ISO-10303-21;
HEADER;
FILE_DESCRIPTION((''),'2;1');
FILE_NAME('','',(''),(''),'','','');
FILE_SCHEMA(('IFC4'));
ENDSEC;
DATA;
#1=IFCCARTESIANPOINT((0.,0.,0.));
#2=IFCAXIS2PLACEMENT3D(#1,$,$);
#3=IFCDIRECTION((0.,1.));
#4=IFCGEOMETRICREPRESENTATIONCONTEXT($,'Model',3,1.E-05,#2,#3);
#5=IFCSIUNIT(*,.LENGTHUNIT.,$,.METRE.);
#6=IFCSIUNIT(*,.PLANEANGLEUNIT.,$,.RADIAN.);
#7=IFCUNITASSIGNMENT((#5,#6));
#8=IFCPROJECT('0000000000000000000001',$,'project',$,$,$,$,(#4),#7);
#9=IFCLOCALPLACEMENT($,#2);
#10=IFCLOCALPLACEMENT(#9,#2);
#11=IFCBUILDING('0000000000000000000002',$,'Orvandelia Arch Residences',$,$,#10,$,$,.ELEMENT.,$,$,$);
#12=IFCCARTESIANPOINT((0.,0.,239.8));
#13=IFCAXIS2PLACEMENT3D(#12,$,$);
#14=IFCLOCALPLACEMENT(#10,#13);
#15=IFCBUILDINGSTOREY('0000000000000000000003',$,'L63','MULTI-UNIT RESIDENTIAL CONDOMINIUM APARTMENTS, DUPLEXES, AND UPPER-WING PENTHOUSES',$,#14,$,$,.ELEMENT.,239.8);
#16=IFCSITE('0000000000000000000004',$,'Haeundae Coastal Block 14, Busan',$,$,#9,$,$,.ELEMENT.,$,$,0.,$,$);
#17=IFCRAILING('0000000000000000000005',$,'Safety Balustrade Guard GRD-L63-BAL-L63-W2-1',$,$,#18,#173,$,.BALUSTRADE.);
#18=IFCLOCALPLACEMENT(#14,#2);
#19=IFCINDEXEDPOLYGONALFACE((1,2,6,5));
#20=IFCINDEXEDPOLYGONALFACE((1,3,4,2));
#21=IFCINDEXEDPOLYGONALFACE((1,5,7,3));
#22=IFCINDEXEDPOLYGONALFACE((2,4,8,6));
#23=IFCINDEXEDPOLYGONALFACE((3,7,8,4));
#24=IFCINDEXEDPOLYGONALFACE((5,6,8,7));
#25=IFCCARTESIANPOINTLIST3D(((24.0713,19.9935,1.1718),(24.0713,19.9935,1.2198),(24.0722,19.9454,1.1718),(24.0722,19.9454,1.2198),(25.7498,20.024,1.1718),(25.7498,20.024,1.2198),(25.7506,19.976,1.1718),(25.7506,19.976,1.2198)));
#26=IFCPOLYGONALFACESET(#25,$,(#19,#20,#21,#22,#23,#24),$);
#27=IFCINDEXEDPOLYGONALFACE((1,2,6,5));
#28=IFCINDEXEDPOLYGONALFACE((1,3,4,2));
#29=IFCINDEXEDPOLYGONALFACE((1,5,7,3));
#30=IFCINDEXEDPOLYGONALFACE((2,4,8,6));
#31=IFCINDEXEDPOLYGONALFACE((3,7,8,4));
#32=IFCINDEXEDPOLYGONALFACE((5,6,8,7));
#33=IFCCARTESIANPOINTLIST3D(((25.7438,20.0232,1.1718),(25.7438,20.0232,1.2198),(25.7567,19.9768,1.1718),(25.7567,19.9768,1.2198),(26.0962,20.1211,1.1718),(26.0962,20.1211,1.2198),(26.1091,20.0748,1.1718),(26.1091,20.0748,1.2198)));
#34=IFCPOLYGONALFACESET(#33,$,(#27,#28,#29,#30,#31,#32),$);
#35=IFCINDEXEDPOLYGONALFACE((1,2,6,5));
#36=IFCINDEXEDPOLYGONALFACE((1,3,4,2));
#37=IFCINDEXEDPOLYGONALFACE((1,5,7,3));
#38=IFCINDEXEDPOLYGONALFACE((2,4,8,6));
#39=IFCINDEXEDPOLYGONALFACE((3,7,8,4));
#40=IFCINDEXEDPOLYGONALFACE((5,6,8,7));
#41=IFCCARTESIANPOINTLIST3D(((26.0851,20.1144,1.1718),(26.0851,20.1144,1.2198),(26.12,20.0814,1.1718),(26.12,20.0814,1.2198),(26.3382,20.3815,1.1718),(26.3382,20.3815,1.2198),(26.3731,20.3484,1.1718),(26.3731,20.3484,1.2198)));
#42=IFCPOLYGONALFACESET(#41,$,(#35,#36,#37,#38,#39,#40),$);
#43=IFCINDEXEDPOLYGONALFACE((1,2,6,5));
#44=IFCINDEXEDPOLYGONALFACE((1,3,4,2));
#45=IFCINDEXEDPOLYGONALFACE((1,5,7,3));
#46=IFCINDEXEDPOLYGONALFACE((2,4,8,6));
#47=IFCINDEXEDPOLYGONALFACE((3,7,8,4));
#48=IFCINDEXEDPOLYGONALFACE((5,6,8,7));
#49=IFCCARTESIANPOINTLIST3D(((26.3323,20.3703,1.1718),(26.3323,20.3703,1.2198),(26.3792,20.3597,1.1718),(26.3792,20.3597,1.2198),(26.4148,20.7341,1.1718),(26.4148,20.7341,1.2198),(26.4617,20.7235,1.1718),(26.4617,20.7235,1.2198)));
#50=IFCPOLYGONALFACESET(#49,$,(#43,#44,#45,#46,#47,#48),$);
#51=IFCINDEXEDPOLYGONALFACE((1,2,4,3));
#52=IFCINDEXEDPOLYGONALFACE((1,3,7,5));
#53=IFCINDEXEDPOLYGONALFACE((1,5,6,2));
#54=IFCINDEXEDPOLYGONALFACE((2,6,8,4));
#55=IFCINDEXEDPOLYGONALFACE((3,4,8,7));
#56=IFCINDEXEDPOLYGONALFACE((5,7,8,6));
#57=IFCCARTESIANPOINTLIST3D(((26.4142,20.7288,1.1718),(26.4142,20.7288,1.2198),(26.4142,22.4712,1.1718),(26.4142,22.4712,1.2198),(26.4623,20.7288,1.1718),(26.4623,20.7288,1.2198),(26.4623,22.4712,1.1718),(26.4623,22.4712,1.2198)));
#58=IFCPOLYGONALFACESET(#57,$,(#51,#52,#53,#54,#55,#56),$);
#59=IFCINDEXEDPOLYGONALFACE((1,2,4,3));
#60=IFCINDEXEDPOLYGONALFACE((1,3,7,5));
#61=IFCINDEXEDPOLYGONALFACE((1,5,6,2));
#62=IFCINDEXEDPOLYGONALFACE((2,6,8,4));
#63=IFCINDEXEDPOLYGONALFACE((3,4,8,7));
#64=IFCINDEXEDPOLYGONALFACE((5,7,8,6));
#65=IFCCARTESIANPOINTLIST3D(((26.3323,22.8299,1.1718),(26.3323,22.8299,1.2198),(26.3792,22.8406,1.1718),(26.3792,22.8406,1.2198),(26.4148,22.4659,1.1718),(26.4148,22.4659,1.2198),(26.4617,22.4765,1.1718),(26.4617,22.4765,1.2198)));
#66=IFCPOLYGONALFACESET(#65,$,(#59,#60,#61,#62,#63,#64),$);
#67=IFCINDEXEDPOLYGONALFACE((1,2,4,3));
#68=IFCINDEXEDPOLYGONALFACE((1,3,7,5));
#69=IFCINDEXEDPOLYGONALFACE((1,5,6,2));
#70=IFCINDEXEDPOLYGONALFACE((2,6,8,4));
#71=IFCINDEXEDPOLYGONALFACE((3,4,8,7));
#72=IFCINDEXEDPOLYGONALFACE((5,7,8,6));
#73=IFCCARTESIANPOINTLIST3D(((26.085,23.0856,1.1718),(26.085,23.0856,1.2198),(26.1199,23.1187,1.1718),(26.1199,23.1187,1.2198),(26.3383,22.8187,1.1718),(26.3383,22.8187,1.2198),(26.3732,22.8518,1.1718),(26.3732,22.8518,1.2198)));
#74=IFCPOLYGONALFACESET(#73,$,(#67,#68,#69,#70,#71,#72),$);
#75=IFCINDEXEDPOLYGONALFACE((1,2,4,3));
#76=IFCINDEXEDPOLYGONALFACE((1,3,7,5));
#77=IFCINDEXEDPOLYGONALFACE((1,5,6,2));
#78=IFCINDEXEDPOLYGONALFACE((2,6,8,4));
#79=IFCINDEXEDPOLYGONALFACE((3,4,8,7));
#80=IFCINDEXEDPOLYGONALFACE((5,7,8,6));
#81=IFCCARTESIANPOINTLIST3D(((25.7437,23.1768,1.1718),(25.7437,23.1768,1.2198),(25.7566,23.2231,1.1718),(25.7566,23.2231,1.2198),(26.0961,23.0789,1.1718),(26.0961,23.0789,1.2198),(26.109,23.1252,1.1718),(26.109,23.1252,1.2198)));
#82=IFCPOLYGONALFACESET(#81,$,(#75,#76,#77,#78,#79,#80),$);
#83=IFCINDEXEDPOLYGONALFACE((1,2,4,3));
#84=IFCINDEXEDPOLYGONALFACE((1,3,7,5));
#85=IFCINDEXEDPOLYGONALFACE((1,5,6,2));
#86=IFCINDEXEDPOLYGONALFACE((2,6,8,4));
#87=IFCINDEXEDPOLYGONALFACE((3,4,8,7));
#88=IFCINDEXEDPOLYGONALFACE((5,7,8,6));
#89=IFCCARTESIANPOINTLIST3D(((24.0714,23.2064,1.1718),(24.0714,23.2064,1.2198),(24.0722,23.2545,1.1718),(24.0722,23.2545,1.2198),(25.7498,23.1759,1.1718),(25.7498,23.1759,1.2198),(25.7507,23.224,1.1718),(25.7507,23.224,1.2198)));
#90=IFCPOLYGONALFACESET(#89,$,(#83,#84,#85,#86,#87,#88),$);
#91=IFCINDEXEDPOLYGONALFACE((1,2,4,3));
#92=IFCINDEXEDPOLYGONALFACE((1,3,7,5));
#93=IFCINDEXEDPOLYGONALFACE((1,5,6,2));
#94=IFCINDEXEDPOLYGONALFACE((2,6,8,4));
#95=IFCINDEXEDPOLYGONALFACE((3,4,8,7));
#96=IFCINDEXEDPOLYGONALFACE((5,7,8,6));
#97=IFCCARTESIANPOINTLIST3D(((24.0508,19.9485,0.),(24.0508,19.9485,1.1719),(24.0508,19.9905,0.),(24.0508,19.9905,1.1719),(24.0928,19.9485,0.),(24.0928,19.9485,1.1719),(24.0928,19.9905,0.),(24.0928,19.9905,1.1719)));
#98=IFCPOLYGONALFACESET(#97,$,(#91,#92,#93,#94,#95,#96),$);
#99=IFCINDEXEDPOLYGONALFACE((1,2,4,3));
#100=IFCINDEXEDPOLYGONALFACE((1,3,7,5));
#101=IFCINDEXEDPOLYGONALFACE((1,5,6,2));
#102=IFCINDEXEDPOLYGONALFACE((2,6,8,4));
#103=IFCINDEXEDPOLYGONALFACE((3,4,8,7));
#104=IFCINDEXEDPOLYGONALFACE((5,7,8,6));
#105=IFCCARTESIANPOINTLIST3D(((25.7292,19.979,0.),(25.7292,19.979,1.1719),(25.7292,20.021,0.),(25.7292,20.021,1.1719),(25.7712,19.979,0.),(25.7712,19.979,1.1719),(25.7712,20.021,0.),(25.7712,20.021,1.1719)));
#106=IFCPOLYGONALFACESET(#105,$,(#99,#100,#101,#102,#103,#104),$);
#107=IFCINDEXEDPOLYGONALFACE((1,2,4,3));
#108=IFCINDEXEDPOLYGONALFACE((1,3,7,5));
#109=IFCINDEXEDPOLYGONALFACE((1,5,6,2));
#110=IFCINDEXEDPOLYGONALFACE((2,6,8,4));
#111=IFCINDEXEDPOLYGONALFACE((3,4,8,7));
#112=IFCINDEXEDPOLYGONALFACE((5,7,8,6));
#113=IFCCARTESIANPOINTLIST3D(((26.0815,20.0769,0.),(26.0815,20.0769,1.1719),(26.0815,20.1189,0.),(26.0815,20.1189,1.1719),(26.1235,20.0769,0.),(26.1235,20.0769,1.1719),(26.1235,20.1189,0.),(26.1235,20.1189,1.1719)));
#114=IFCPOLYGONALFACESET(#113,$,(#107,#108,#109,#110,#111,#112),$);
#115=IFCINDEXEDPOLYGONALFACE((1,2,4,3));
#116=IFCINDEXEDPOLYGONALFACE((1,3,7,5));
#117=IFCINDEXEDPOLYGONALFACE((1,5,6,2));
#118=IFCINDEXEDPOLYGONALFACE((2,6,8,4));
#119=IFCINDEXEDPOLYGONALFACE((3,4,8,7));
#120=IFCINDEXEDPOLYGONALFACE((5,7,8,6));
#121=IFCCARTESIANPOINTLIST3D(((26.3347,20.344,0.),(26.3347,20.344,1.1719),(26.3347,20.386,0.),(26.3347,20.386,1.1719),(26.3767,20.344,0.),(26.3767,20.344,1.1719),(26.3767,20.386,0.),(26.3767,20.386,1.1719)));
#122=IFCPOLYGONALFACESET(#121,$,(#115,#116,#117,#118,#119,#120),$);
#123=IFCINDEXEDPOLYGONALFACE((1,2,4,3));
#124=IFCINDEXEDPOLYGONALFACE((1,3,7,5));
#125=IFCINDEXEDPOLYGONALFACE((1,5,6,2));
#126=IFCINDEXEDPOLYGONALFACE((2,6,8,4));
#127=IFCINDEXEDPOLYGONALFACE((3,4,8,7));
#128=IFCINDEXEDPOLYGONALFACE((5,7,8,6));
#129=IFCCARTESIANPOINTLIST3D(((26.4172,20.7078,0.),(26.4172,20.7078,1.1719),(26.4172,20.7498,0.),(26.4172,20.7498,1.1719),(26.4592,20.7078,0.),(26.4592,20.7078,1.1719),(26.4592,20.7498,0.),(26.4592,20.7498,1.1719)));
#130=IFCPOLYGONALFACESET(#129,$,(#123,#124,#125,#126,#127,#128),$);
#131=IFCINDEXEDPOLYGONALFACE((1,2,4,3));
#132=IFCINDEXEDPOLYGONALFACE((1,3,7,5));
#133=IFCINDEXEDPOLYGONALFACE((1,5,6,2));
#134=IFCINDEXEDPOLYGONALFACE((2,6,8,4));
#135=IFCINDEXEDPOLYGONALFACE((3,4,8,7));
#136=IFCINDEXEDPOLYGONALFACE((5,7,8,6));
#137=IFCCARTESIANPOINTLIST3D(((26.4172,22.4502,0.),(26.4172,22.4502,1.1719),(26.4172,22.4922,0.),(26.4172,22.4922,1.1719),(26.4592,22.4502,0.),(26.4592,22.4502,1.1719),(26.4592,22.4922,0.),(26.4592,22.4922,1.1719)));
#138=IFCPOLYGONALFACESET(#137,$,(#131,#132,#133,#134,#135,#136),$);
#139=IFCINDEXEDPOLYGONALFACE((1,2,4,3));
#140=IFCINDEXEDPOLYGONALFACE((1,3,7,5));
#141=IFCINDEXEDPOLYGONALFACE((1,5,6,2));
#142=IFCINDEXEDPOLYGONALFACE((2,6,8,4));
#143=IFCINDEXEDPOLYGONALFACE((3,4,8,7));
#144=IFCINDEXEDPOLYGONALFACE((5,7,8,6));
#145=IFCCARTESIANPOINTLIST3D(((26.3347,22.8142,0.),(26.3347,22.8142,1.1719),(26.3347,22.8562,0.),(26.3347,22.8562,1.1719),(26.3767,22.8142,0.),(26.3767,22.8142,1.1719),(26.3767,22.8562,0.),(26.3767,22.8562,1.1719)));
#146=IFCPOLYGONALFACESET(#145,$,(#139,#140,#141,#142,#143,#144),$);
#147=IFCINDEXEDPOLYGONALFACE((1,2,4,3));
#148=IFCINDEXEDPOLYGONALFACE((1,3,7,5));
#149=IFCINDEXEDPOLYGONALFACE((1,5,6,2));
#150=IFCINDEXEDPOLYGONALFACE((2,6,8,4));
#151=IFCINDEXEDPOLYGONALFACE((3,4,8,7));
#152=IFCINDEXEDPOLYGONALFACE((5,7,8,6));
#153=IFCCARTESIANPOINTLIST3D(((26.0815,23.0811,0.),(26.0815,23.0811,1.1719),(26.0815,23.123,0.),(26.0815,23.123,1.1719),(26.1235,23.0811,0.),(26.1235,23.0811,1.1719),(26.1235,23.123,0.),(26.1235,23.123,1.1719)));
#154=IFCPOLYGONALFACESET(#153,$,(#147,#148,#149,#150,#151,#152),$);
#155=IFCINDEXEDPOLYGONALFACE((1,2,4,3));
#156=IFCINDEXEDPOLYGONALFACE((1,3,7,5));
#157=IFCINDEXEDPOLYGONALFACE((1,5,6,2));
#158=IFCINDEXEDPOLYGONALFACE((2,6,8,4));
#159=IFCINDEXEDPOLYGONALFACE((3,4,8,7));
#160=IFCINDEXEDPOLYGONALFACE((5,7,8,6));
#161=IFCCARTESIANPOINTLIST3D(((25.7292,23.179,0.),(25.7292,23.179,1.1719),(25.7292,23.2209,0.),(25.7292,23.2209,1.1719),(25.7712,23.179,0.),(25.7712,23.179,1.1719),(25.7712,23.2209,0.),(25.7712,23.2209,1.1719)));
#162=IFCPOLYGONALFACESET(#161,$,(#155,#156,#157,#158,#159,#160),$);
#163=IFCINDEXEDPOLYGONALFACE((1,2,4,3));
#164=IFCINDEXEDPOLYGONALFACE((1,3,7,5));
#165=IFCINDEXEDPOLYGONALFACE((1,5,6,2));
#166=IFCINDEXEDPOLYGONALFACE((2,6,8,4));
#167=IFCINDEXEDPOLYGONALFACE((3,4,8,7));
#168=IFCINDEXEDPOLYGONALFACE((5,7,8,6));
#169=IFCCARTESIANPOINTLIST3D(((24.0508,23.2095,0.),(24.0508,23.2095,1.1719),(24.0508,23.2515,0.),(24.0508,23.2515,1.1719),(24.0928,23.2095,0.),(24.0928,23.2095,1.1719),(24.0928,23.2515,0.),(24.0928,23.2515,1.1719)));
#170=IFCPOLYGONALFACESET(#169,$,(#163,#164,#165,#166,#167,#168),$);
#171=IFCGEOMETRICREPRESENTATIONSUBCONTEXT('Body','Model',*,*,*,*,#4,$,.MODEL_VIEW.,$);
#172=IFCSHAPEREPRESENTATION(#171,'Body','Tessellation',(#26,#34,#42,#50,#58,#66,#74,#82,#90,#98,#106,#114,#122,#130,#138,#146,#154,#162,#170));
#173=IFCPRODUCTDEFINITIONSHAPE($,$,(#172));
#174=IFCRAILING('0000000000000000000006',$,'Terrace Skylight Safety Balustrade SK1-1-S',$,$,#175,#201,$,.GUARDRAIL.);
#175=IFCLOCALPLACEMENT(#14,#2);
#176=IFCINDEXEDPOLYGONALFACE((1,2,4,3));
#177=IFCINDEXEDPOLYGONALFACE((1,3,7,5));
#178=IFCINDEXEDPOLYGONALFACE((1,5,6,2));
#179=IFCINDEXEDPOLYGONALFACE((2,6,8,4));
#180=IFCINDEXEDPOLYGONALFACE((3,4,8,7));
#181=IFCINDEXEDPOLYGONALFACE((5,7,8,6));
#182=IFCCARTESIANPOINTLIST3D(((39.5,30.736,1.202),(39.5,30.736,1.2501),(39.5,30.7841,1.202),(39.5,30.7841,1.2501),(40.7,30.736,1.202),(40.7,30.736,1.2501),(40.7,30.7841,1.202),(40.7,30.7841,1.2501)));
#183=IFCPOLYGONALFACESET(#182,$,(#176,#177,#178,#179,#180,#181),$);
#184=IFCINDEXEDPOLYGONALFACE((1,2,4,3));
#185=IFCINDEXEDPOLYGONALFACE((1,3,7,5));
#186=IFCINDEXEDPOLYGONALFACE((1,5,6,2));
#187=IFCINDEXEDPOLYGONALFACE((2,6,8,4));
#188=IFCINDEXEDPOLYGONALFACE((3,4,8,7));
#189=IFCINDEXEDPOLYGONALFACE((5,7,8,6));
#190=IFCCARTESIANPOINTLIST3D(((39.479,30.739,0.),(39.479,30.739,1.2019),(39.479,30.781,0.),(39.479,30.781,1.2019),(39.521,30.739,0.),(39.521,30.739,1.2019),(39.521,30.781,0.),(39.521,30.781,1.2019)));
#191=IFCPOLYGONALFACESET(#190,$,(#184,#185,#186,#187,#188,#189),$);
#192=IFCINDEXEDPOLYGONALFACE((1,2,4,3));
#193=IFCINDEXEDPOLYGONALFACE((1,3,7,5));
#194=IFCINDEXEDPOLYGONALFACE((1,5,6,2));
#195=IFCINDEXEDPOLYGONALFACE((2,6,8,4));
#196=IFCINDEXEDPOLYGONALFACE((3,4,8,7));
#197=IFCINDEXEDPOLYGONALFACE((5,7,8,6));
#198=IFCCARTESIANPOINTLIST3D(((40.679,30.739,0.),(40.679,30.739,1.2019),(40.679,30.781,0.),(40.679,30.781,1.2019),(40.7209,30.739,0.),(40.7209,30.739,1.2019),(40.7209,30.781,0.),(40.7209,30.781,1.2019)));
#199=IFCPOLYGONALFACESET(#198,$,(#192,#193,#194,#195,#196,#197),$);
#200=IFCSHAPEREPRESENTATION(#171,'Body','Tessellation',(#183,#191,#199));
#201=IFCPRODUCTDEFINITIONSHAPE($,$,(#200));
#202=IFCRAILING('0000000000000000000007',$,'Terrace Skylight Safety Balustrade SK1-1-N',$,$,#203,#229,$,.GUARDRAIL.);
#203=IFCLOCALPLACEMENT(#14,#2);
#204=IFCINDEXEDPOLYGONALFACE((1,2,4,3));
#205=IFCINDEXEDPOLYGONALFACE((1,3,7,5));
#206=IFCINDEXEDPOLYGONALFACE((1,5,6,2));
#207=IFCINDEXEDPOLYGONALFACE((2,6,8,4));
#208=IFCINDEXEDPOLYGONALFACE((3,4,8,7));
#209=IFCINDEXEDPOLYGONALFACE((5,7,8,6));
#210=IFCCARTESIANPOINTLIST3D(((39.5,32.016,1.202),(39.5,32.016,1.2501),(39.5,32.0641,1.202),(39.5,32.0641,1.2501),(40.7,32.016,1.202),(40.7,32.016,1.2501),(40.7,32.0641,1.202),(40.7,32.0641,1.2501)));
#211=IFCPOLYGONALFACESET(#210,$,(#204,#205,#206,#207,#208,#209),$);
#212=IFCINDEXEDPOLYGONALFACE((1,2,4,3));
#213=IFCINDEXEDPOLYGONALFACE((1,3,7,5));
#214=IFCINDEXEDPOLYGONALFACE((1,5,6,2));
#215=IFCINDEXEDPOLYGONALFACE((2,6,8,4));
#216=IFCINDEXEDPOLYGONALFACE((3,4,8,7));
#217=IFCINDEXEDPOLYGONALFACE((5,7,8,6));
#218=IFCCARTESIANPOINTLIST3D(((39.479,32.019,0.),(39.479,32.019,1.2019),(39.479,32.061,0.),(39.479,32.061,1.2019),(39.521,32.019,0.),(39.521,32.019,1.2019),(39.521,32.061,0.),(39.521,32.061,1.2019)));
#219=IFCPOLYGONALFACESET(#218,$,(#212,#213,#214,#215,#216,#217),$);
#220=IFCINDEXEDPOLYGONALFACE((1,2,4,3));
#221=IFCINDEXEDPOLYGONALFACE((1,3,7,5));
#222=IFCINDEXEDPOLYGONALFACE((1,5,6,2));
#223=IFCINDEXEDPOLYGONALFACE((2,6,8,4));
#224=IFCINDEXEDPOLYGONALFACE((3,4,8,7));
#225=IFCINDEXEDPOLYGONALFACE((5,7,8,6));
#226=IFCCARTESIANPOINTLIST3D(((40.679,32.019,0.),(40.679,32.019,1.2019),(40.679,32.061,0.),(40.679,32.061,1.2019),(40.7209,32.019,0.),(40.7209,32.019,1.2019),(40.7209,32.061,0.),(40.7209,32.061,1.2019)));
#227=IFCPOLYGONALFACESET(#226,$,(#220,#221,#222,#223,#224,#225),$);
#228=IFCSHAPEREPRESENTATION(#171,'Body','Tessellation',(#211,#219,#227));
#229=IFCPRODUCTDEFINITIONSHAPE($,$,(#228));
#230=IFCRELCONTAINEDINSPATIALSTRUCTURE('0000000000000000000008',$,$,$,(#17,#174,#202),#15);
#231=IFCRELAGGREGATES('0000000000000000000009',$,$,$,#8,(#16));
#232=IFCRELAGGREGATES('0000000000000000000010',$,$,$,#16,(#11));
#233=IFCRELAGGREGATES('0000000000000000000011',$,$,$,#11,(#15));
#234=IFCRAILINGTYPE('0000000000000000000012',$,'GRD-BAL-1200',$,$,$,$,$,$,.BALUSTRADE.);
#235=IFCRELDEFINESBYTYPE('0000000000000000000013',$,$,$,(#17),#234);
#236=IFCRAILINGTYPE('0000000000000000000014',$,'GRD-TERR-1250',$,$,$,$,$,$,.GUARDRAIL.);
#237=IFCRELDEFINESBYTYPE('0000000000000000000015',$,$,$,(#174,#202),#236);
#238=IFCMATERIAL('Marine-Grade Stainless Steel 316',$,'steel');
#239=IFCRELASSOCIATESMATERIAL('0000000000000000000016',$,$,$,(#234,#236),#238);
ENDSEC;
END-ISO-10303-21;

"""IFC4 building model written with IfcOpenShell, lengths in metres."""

from ifc_helpers import new_model, si_unit, direction, frame, origin, origin_2d, place, context, subcontext, project, spatial, rectangle, extrude, material, type_object, element, save


model = new_model("IFC4")

# Units and contexts
model_context = context("Model", 3, precision=1e-05, world=origin(), true_north=direction((0.0, 1.0)))
body_context = subcontext(model_context, "Body", "Model", "MODEL_VIEW")
ifc_project = project(units=[si_unit("LENGTHUNIT", "METRE"), si_unit("PLANEANGLEUNIT", "RADIAN")], contexts=[model_context])

# Site, building, storey
site_placement = place(None, origin())
site = spatial("IfcSite", under=ifc_project, at=site_placement, Name="Haeundae Coastal Block 14, Busan", CompositionType="ELEMENT", RefElevation=0.0)
building_placement = place(site_placement, origin())
building = spatial("IfcBuilding", under=site, at=building_placement, Name="Orvandelia Arch Residences", CompositionType="ELEMENT")
storey_placement = place(building_placement, frame((0.0, 0.0, 239.8)))
storey = spatial("IfcBuildingStorey", under=building, at=storey_placement, Name="L63", Description="MULTI-UNIT RESIDENTIAL CONDOMINIUM APARTMENTS, DUPLEXES, AND UPPER-WING PENTHOUSES", CompositionType="ELEMENT", Elevation=239.8)

# Railings
ifc_material_1 = material(Name="Marine-Grade Stainless Steel 316", Category="steel")
railing_type_1 = type_object("IfcRailingType", Name="GRD-BAL-1200", PredefinedType="BALUSTRADE", material=ifc_material_1)
railing_1_placement = place(storey_placement, frame((24.0718, 19.9695, 0.0)))
element("IfcRailing", 1, at=railing_1_placement, inside=storey, type_object=railing_type_1, Name="Safety Balustrade Guard GRD-L63-BAL-L63-W2-1", PredefinedType="BALUSTRADE", context=body_context, shape_type="SweptSolid", body=[
    extrude(rectangle(XDim=0.0481, YDim=0.0481, at=origin_2d()), frame((0.0, 0.0, 1.1958), z_axis=(0.999835, 0.018179, 0.0), x_axis=(-0.018179, 0.999835, 0.0)), (0.0, 0.0, 1.0), 1.6787),
    extrude(rectangle(XDim=0.0481, YDim=0.0481, at=origin_2d()), frame((1.6785, 0.0305, 1.1958), z_axis=(0.963489, 0.267747, 0.0), x_axis=(-0.267747, 0.963489, 0.0)), (0.0, 0.0, 1.0), 0.3657),
    extrude(rectangle(XDim=0.0481, YDim=0.0481, at=origin_2d()), frame((2.0308, 0.1284, 1.1958), z_axis=(0.687947, 0.725761, 0.0), x_axis=(-0.725761, 0.687947, 0.0)), (0.0, 0.0, 1.0), 0.3679),
    extrude(rectangle(XDim=0.0481, YDim=0.0481, at=origin_2d()), frame((2.2839, 0.3955, 1.1958), z_axis=(0.221225, 0.975223, 0.0), x_axis=(-0.975223, 0.221225, 0.0)), (0.0, 0.0, 1.0), 0.373),
    extrude(rectangle(XDim=0.0481, YDim=0.0481, at=origin_2d()), frame((2.3665, 0.7593, 1.1958), z_axis=(0.0, 1.0, 0.0), x_axis=(-1.0, 0.0, 0.0)), (0.0, 0.0, 1.0), 1.7424),
    extrude(rectangle(XDim=0.0481, YDim=0.0481, at=origin_2d()), frame((2.3665, 2.5017, 1.1958), z_axis=(-0.221084, 0.975255, 0.0), x_axis=(-0.975255, -0.221084, 0.0)), (0.0, 0.0, 1.0), 0.3733),
    extrude(rectangle(XDim=0.0481, YDim=0.0481, at=origin_2d()), frame((2.2839, 2.8657, 1.1958), z_axis=(-0.688278, 0.725447, 0.0), x_axis=(-0.725447, -0.688278, 0.0)), (0.0, 0.0, 1.0), 0.3679),
    extrude(rectangle(XDim=0.0481, YDim=0.0481, at=origin_2d()), frame((2.0308, 3.1326, 1.1958), z_axis=(-0.963489, 0.267747, 0.0), x_axis=(-0.267747, -0.963489, 0.0)), (0.0, 0.0, 1.0), 0.3657),
    extrude(rectangle(XDim=0.0481, YDim=0.0481, at=origin_2d()), frame((1.6785, 3.2305, 1.1958), z_axis=(-0.999835, 0.018179, 0.0), x_axis=(-0.018179, -0.999835, 0.0)), (0.0, 0.0, 1.0), 1.6787),
    extrude(rectangle(XDim=0.042, YDim=0.042, at=origin_2d()), origin(), (0.0, 0.0, 1.0), 1.1719),
    extrude(rectangle(XDim=0.042, YDim=0.042, at=origin_2d()), frame((1.6785, 0.0305, 0.0)), (0.0, 0.0, 1.0), 1.1719),
    extrude(rectangle(XDim=0.042, YDim=0.042, at=origin_2d()), frame((2.0308, 0.1284, 0.0)), (0.0, 0.0, 1.0), 1.1719),
    extrude(rectangle(XDim=0.042, YDim=0.042, at=origin_2d()), frame((2.2839, 0.3955, 0.0)), (0.0, 0.0, 1.0), 1.1719),
    extrude(rectangle(XDim=0.042, YDim=0.042, at=origin_2d()), frame((2.3665, 0.7593, 0.0)), (0.0, 0.0, 1.0), 1.1719),
    extrude(rectangle(XDim=0.042, YDim=0.042, at=origin_2d()), frame((2.3665, 2.5017, 0.0)), (0.0, 0.0, 1.0), 1.1719),
    extrude(rectangle(XDim=0.042, YDim=0.042, at=origin_2d()), frame((2.2839, 2.8657, 0.0)), (0.0, 0.0, 1.0), 1.1719),
    extrude(rectangle(XDim=0.042, YDim=0.042, at=origin_2d()), frame((2.0308, 3.1326, 0.0)), (0.0, 0.0, 1.0), 1.1719),
    extrude(rectangle(XDim=0.042, YDim=0.042, at=origin_2d()), frame((1.6785, 3.2305, 0.0)), (0.0, 0.0, 1.0), 1.1719),
    extrude(rectangle(XDim=0.042, YDim=0.042, at=origin_2d()), frame((0.0, 3.261, 0.0)), (0.0, 0.0, 1.0), 1.1719),
])
railing_type_2 = type_object("IfcRailingType", Name="GRD-TERR-1250", PredefinedType="GUARDRAIL", material=ifc_material_1)
for number, where, name in (
    (2, (39.5, 30.76, 0.0), "Terrace Skylight Safety Balustrade SK1-1-S"),
    (3, (39.5, 32.04, 0.0), "Terrace Skylight Safety Balustrade SK1-1-N"),
):
    element("IfcRailing", number, at=place(storey_placement, frame(where)), inside=storey, type_object=railing_type_2, Name=name, PredefinedType="GUARDRAIL", context=body_context, shape_type="SweptSolid", body=[
        extrude(rectangle(XDim=0.0481, YDim=0.0481, at=origin_2d()), frame((0.0, 0.0, 1.2261), z_axis=(1.0, 0.0, 0.0), x_axis=(0.0, 1.0, 0.0)), (0.0, 0.0, 1.0), 1.2),
        extrude(rectangle(XDim=0.042, YDim=0.042, at=origin_2d()), origin(), (0.0, 0.0, 1.0), 1.2019),
        extrude(rectangle(XDim=0.042, YDim=0.042, at=origin_2d()), frame((1.2, 0.0, 0.0)), (0.0, 0.0, 1.0), 1.2019),
    ])

save(model, "model.ifc")
